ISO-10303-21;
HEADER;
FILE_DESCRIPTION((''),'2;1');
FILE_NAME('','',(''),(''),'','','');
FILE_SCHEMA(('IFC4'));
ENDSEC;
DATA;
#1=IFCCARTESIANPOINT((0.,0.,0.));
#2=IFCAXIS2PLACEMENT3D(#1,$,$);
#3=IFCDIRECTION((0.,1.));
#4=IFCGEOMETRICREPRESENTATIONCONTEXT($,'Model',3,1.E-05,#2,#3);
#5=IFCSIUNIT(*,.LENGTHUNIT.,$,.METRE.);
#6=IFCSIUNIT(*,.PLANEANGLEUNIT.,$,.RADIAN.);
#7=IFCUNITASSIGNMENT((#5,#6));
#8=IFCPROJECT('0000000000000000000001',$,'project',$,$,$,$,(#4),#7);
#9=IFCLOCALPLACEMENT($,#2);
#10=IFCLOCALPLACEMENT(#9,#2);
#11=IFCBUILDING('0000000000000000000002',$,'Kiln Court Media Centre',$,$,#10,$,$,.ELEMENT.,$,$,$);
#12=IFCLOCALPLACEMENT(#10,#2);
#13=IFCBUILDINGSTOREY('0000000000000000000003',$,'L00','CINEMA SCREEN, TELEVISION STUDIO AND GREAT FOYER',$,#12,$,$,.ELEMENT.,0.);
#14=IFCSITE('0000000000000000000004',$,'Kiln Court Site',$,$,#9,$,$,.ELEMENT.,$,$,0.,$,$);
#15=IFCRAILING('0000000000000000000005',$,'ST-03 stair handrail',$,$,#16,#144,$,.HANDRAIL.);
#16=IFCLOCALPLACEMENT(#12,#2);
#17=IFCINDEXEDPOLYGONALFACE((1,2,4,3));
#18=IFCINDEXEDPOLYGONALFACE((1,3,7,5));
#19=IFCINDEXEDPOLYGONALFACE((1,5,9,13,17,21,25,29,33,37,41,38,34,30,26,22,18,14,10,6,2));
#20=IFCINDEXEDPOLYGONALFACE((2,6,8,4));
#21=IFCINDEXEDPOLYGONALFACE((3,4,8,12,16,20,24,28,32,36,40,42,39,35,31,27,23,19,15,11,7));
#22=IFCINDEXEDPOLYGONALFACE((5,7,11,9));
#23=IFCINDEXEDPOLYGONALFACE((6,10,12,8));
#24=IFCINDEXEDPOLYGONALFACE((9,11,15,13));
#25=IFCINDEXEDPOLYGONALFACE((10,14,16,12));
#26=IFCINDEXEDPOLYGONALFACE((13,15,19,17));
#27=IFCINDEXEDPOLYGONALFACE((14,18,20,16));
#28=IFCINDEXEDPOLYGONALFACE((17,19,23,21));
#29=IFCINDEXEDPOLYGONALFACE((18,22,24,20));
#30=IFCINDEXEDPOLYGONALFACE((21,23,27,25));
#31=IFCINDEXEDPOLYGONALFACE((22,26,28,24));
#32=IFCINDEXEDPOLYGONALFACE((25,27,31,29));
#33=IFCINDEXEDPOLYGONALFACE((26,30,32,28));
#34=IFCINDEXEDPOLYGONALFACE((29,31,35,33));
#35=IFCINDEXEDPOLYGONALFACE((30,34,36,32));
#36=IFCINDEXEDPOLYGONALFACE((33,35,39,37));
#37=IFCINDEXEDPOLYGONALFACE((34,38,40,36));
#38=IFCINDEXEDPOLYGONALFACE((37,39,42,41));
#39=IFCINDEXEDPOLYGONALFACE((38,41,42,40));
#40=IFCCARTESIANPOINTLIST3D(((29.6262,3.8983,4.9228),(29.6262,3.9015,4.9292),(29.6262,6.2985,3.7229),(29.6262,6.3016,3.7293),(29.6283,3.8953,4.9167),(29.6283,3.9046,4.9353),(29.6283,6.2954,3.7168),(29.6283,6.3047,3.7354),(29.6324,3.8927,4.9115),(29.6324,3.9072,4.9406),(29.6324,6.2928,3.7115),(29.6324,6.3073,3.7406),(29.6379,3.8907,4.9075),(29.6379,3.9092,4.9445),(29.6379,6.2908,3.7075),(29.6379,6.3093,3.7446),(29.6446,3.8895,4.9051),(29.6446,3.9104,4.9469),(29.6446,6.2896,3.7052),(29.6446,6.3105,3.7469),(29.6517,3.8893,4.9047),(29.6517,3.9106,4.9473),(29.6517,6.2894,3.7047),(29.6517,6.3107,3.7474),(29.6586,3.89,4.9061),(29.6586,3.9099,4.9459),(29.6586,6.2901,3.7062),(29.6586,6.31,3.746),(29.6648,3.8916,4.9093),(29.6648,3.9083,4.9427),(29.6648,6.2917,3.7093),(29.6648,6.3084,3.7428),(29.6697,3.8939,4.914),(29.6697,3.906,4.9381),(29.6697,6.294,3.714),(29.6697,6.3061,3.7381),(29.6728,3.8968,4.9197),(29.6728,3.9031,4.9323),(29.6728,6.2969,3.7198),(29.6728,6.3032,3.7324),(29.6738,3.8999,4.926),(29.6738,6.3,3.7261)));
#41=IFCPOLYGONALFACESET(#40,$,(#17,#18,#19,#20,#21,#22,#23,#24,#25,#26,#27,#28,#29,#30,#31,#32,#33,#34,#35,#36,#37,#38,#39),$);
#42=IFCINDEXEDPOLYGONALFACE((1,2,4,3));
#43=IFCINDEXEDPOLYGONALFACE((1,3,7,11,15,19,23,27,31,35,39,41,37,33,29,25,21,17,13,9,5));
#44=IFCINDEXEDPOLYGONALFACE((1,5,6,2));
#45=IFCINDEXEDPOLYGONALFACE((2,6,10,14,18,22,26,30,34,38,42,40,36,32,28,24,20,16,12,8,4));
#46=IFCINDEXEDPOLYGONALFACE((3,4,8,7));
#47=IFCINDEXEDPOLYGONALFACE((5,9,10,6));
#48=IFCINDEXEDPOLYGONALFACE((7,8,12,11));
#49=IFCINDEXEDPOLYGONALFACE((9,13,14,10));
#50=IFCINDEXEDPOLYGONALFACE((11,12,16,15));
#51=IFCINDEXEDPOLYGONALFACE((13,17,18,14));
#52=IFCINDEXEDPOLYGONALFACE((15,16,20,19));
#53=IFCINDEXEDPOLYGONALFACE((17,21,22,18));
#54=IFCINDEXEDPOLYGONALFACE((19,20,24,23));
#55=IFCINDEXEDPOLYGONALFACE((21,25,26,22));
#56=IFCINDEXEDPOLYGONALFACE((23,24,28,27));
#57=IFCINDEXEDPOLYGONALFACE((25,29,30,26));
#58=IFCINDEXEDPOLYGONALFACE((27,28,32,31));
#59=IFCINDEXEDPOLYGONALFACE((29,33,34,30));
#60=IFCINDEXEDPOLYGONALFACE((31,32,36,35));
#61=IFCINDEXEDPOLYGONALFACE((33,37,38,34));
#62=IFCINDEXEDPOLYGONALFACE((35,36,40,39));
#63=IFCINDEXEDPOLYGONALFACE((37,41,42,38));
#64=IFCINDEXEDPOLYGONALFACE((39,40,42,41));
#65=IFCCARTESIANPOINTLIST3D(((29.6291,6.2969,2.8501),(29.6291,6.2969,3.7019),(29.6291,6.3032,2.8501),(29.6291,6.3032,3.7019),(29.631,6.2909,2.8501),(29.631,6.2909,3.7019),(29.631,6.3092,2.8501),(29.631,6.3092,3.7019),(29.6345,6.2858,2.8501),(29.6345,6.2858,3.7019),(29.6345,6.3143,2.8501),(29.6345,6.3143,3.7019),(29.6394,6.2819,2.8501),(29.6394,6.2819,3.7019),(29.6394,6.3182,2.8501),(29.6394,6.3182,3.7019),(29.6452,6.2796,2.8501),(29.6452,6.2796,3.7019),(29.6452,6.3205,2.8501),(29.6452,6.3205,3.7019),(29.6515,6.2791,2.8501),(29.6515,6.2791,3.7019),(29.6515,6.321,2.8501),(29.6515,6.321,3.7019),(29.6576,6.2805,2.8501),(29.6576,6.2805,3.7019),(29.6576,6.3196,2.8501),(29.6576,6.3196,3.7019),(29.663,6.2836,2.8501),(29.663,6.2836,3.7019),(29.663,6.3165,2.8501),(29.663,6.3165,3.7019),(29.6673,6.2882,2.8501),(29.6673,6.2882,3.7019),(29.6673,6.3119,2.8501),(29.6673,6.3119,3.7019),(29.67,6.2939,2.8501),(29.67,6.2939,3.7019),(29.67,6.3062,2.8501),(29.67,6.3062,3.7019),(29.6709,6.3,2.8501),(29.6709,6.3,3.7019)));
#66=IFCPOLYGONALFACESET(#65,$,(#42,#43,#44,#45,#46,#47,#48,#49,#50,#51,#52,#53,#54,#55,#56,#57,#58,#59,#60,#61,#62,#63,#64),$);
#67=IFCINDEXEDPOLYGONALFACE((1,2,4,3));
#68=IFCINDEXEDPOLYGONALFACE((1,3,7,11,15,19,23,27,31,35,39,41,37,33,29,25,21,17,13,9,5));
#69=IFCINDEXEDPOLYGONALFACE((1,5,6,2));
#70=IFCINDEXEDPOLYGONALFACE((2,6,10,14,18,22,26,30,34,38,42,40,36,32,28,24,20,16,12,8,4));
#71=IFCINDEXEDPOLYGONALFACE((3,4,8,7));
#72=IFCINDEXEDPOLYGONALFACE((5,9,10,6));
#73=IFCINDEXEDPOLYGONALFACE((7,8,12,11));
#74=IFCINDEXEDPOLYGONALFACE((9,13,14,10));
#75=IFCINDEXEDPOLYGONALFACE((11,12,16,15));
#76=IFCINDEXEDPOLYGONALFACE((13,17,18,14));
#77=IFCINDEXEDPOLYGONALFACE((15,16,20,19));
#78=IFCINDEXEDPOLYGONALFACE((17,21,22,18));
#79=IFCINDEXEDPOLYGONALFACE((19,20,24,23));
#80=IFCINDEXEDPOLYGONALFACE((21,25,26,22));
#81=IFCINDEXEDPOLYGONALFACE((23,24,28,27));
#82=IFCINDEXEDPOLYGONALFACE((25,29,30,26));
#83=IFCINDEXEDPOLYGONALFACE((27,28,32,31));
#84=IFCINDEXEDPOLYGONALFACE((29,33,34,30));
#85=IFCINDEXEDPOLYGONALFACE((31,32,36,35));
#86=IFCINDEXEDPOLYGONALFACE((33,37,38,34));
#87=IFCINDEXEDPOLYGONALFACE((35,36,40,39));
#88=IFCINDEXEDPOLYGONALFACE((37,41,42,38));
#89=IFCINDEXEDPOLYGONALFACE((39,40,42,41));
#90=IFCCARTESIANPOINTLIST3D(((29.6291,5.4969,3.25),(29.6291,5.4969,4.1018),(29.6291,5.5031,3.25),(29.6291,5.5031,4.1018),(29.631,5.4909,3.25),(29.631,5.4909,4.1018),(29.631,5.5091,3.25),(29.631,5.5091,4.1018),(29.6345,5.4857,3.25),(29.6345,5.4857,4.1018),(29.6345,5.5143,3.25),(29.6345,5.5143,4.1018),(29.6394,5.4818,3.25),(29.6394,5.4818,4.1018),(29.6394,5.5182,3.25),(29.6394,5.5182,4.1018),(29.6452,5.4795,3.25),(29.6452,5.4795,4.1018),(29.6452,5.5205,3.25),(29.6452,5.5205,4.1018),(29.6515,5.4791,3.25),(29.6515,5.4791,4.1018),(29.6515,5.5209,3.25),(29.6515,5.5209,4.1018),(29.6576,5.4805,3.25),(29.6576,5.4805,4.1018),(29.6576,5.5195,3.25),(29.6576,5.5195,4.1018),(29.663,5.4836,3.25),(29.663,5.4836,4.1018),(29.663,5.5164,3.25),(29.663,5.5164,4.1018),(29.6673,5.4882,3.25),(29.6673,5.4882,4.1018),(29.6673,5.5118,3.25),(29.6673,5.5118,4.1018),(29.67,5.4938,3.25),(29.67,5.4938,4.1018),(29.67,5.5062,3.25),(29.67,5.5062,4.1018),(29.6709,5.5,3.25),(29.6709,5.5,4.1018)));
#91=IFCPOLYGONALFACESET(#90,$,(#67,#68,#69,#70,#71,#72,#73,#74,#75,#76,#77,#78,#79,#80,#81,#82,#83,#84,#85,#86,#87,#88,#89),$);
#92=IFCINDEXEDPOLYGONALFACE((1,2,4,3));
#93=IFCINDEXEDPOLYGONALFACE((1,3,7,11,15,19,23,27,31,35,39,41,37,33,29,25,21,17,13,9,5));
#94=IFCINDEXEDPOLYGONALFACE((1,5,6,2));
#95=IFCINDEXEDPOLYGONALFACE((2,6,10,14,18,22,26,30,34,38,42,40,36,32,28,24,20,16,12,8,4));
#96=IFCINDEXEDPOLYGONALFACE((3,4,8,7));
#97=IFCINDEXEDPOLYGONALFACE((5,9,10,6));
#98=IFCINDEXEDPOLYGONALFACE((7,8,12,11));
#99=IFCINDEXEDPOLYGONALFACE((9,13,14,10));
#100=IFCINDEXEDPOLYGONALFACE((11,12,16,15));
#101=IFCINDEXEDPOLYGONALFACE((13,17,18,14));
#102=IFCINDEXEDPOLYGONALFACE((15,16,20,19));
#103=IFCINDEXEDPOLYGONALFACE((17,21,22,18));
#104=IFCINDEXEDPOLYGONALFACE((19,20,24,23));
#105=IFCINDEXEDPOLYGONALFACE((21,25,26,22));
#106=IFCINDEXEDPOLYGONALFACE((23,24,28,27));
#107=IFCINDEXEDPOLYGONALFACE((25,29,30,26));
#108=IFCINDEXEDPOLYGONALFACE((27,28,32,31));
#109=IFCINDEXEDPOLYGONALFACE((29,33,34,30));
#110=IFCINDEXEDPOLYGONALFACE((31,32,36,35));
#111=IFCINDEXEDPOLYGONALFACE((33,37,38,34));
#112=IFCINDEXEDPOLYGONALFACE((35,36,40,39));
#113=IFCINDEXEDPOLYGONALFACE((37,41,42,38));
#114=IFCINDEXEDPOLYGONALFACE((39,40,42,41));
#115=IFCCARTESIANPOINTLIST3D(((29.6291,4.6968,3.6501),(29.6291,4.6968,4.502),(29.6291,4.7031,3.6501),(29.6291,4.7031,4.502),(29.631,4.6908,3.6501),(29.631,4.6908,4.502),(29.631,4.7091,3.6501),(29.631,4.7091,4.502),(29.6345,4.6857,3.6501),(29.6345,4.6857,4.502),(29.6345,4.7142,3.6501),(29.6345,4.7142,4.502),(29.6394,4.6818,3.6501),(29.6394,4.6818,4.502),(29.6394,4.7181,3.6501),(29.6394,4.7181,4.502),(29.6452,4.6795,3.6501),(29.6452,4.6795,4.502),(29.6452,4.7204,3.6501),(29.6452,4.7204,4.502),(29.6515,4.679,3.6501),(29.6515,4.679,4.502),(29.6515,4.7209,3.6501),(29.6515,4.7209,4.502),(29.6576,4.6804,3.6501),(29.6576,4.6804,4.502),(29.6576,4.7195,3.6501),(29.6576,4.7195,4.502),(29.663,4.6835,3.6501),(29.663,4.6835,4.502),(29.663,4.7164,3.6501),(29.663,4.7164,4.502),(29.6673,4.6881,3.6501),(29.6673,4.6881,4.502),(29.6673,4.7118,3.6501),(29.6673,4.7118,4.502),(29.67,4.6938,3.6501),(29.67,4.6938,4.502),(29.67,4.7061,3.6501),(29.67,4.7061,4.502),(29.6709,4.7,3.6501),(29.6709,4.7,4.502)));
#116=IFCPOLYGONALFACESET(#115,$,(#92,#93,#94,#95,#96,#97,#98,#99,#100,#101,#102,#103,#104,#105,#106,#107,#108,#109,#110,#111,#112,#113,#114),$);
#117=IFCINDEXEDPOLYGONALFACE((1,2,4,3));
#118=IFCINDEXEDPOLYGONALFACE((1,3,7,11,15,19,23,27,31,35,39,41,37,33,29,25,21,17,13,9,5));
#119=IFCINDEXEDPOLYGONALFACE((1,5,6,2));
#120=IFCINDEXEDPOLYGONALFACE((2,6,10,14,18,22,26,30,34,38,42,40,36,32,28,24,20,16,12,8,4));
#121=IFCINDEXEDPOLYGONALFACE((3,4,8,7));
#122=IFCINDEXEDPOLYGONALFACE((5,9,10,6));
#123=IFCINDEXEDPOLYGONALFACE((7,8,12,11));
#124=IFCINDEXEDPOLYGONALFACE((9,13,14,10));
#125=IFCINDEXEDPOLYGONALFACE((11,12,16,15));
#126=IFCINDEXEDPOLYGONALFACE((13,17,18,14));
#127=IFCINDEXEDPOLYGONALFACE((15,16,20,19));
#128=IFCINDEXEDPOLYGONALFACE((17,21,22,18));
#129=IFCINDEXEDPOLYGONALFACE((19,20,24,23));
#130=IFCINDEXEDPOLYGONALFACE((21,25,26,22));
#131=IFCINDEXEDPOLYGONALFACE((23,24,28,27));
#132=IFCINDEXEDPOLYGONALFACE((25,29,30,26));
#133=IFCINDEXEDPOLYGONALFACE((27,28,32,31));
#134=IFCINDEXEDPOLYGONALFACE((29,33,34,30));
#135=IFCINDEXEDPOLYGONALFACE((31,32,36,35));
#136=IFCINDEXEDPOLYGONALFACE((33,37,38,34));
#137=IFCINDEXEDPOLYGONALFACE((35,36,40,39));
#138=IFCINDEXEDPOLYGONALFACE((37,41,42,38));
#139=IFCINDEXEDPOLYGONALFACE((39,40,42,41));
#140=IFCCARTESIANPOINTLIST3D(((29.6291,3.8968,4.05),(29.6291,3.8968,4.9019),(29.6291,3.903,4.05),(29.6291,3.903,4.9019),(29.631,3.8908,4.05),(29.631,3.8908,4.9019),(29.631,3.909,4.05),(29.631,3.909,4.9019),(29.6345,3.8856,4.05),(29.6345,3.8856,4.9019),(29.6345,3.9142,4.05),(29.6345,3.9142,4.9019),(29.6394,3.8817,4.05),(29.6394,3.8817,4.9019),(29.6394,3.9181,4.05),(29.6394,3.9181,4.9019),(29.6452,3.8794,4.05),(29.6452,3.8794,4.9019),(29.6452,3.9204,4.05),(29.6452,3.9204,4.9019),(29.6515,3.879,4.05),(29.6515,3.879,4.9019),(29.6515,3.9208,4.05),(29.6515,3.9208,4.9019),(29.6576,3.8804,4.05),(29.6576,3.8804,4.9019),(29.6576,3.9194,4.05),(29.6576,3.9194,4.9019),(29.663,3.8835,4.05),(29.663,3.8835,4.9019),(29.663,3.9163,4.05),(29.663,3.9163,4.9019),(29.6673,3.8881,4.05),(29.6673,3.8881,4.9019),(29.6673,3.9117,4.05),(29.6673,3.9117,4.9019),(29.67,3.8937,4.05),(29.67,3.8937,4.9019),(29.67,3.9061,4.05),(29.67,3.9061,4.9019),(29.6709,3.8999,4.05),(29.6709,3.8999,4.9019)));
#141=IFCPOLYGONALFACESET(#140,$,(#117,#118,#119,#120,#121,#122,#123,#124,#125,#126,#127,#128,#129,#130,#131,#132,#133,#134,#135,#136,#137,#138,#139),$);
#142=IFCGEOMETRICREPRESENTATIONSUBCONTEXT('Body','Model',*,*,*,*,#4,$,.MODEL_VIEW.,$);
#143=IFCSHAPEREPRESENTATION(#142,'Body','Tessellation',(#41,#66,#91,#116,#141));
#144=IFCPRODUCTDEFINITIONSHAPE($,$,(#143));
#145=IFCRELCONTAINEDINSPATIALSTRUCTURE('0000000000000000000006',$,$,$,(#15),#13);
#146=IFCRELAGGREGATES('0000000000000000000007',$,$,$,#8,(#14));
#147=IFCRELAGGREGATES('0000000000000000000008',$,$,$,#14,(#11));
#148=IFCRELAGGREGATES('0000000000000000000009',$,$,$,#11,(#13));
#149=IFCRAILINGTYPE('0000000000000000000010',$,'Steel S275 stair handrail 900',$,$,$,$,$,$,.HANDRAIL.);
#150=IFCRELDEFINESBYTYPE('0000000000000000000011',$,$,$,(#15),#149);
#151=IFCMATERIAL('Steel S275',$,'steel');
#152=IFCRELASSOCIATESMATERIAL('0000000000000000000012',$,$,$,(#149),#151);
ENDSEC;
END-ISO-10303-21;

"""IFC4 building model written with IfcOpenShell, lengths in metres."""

from ifc_helpers import new_model, si_unit, direction, frame, origin, origin_2d, place, context, subcontext, project, spatial, circle, extrude, material, type_object, element, save


model = new_model("IFC4")

# Units and contexts
model_context = context("Model", 3, precision=1e-05, world=origin(), true_north=direction((0.0, 1.0)))
body_context = subcontext(model_context, "Body", "Model", "MODEL_VIEW")
ifc_project = project(units=[si_unit("LENGTHUNIT", "METRE"), si_unit("PLANEANGLEUNIT", "RADIAN")], contexts=[model_context])

# Site, building, storey
site_placement = place(None, origin())
site = spatial("IfcSite", under=ifc_project, at=site_placement, Name="Kiln Court Site", CompositionType="ELEMENT", RefElevation=0.0)
building_placement = place(site_placement, origin())
building = spatial("IfcBuilding", under=site, at=building_placement, Name="Kiln Court Media Centre", CompositionType="ELEMENT")
storey_placement = place(building_placement, origin())
storey = spatial("IfcBuildingStorey", under=building, at=storey_placement, Name="L00", Description="CINEMA SCREEN, TELEVISION STUDIO AND GREAT FOYER", CompositionType="ELEMENT", Elevation=0.0)

# Railing
ifc_material_1 = material(Name="Steel S275", Category="steel")
railing_type_1 = type_object("IfcRailingType", Name="Steel S275 stair handrail 900", PredefinedType="HANDRAIL", material=ifc_material_1)
railing_1_placement = place(storey_placement, frame((29.6499, 6.3, 2.8501)))
element("IfcRailing", 1, at=railing_1_placement, inside=storey, type_object=railing_type_1, Name="ST-03 stair handrail", PredefinedType="HANDRAIL", context=body_context, shape_type="SweptSolid", body=[
    extrude(circle(Radius=0.0239, at=origin_2d()), frame((0.0, 0.0, 0.876), z_axis=(0.0, -0.894445, 0.447177), x_axis=(1.0, 0.0, 0.0)), (0.0, 0.0, 1.0), 2.6833),
    extrude(circle(Radius=0.021, at=origin_2d()), origin(), (0.0, 0.0, 1.0), 0.8518),
    extrude(circle(Radius=0.021, at=origin_2d()), frame((0.0, -0.8, 0.3999)), (0.0, 0.0, 1.0), 0.8518),
    extrude(circle(Radius=0.021, at=origin_2d()), frame((0.0, -1.6001, 0.8)), (0.0, 0.0, 1.0), 0.8518),
    extrude(circle(Radius=0.021, at=origin_2d()), frame((0.0, -2.4001, 1.2)), (0.0, 0.0, 1.0), 0.8518),
])

save(model, "model.ifc")
